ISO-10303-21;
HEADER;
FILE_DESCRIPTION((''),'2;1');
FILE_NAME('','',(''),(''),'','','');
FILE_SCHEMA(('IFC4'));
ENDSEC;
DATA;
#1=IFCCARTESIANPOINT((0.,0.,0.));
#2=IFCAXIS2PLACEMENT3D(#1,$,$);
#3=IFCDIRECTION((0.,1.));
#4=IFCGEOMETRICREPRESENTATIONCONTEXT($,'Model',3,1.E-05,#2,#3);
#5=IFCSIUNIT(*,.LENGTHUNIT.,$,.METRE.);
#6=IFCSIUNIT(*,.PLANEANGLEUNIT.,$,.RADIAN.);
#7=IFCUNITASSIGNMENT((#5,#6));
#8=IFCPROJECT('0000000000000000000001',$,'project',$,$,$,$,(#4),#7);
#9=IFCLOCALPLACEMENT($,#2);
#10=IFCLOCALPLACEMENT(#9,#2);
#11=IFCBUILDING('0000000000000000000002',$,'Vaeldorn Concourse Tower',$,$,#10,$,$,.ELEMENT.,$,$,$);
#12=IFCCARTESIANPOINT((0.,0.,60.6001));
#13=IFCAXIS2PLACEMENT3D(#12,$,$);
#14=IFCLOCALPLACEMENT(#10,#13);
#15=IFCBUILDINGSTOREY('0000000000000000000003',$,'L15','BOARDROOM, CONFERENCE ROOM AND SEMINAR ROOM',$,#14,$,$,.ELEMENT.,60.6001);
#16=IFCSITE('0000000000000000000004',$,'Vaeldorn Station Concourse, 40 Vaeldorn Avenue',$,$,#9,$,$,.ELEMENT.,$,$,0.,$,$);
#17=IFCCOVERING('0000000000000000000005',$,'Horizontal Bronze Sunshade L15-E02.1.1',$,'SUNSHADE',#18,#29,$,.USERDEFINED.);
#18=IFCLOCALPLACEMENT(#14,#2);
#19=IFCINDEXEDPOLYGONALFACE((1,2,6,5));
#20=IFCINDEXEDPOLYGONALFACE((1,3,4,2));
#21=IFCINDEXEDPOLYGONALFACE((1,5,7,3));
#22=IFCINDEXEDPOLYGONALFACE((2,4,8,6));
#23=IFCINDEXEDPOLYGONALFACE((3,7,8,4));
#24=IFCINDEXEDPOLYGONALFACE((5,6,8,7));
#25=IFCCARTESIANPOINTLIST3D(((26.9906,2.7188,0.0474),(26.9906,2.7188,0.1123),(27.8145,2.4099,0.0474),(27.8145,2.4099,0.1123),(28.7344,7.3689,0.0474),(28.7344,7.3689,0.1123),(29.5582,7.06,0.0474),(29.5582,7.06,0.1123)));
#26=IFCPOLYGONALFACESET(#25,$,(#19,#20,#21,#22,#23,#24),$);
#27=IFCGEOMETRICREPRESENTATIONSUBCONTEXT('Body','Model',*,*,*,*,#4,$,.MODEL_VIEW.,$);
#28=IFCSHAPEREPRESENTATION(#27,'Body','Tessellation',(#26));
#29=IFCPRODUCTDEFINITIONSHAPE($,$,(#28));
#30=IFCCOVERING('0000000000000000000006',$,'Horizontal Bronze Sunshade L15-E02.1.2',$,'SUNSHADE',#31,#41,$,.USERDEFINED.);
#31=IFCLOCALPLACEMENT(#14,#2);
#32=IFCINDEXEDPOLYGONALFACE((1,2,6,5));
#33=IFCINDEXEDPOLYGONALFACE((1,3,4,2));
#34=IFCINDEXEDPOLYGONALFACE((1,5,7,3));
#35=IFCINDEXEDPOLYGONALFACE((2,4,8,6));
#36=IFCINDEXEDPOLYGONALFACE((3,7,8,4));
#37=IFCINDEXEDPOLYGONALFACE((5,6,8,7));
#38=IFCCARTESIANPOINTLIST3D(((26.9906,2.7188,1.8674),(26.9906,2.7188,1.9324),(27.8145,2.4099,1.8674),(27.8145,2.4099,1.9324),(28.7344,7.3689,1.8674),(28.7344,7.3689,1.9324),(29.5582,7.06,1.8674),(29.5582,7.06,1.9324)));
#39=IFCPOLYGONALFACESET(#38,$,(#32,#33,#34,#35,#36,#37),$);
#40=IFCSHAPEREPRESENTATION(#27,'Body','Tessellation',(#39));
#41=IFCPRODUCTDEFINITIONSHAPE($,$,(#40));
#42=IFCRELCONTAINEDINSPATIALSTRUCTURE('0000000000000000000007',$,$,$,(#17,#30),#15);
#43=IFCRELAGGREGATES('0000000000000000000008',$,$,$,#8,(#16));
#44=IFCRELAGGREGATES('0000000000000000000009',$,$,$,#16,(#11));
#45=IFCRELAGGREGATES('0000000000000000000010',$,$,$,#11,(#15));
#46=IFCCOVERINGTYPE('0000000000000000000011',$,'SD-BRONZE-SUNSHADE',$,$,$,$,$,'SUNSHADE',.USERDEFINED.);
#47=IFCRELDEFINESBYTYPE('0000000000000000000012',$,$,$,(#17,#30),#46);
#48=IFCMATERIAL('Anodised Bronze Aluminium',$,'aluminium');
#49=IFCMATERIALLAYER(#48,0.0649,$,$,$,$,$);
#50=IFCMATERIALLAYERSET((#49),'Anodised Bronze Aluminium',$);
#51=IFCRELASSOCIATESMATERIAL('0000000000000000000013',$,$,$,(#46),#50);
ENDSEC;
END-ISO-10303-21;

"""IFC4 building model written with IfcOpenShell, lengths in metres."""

from ifc_helpers import new_model, si_unit, direction, frame, origin, origin_2d, place, context, subcontext, project, spatial, rectangle, extrude, source, transform, mapped, material, layer, layer_set, type_object, element, save


model = new_model("IFC4")

# Units and contexts
model_context = context("Model", 3, precision=1e-05, world=origin(), true_north=direction((0.0, 1.0)))
body_context = subcontext(model_context, "Body", "Model", "MODEL_VIEW")
ifc_project = project(units=[si_unit("LENGTHUNIT", "METRE"), si_unit("PLANEANGLEUNIT", "RADIAN")], contexts=[model_context])

# Site, building, storey
site_placement = place(None, origin())
site = spatial("IfcSite", under=ifc_project, at=site_placement, Name="Vaeldorn Station Concourse, 40 Vaeldorn Avenue", CompositionType="ELEMENT", RefElevation=0.0)
building_placement = place(site_placement, origin())
building = spatial("IfcBuilding", under=site, at=building_placement, Name="Vaeldorn Concourse Tower", CompositionType="ELEMENT")
storey_placement = place(building_placement, frame((0.0, 0.0, 60.6001)))
storey = spatial("IfcBuildingStorey", under=building, at=storey_placement, Name="L15", Description="BOARDROOM, CONFERENCE ROOM AND SEMINAR ROOM", CompositionType="ELEMENT", Elevation=60.6001)

# Shared definitions
ifc_material_1 = material(Name="Anodised Bronze Aluminium", Category="aluminium")

# Coverings
ifc_layer_1 = layer(ifc_material_1, 0.0649)
ifc_layer_set_1 = layer_set([ifc_layer_1], Name="Anodised Bronze Aluminium")
covering_type = type_object("IfcCoveringType", Name="SD-BRONZE-SUNSHADE", ElementType="SUNSHADE", PredefinedType="USERDEFINED", material=ifc_layer_set_1)
shared_shape_1 = source(origin(), body_context, "Body", "SweptSolid", [
    extrude(rectangle(XDim=4.9663, YDim=0.8799, at=origin_2d()), origin(), (0.0, 0.0, 1.0), 0.0649),
])
for number, where, z_axis, x_axis, name in (
    (1, (28.2744, 4.8894, 0.0474), (0.0, 0.0, 1.0), (0.351123, 0.936329, 0.0), "Horizontal Bronze Sunshade L15-E02.1.1"),
    (2, (28.2744, 4.8894, 1.8674), (0.0, 0.0, 1.0), (0.351123, 0.936329, 0.0), "Horizontal Bronze Sunshade L15-E02.1.2"),
):
    element("IfcCovering", number, at=place(storey_placement, frame(where, z_axis=z_axis, x_axis=x_axis)), inside=storey, type_object=covering_type, Name=name, ObjectType="SUNSHADE", PredefinedType="USERDEFINED", context=body_context, shape_type="MappedRepresentation", body=[
        mapped(shared_shape_1, transform((0.0, 0.0, 0.0), scale=1.0)),
    ])

save(model, "model.ifc")
